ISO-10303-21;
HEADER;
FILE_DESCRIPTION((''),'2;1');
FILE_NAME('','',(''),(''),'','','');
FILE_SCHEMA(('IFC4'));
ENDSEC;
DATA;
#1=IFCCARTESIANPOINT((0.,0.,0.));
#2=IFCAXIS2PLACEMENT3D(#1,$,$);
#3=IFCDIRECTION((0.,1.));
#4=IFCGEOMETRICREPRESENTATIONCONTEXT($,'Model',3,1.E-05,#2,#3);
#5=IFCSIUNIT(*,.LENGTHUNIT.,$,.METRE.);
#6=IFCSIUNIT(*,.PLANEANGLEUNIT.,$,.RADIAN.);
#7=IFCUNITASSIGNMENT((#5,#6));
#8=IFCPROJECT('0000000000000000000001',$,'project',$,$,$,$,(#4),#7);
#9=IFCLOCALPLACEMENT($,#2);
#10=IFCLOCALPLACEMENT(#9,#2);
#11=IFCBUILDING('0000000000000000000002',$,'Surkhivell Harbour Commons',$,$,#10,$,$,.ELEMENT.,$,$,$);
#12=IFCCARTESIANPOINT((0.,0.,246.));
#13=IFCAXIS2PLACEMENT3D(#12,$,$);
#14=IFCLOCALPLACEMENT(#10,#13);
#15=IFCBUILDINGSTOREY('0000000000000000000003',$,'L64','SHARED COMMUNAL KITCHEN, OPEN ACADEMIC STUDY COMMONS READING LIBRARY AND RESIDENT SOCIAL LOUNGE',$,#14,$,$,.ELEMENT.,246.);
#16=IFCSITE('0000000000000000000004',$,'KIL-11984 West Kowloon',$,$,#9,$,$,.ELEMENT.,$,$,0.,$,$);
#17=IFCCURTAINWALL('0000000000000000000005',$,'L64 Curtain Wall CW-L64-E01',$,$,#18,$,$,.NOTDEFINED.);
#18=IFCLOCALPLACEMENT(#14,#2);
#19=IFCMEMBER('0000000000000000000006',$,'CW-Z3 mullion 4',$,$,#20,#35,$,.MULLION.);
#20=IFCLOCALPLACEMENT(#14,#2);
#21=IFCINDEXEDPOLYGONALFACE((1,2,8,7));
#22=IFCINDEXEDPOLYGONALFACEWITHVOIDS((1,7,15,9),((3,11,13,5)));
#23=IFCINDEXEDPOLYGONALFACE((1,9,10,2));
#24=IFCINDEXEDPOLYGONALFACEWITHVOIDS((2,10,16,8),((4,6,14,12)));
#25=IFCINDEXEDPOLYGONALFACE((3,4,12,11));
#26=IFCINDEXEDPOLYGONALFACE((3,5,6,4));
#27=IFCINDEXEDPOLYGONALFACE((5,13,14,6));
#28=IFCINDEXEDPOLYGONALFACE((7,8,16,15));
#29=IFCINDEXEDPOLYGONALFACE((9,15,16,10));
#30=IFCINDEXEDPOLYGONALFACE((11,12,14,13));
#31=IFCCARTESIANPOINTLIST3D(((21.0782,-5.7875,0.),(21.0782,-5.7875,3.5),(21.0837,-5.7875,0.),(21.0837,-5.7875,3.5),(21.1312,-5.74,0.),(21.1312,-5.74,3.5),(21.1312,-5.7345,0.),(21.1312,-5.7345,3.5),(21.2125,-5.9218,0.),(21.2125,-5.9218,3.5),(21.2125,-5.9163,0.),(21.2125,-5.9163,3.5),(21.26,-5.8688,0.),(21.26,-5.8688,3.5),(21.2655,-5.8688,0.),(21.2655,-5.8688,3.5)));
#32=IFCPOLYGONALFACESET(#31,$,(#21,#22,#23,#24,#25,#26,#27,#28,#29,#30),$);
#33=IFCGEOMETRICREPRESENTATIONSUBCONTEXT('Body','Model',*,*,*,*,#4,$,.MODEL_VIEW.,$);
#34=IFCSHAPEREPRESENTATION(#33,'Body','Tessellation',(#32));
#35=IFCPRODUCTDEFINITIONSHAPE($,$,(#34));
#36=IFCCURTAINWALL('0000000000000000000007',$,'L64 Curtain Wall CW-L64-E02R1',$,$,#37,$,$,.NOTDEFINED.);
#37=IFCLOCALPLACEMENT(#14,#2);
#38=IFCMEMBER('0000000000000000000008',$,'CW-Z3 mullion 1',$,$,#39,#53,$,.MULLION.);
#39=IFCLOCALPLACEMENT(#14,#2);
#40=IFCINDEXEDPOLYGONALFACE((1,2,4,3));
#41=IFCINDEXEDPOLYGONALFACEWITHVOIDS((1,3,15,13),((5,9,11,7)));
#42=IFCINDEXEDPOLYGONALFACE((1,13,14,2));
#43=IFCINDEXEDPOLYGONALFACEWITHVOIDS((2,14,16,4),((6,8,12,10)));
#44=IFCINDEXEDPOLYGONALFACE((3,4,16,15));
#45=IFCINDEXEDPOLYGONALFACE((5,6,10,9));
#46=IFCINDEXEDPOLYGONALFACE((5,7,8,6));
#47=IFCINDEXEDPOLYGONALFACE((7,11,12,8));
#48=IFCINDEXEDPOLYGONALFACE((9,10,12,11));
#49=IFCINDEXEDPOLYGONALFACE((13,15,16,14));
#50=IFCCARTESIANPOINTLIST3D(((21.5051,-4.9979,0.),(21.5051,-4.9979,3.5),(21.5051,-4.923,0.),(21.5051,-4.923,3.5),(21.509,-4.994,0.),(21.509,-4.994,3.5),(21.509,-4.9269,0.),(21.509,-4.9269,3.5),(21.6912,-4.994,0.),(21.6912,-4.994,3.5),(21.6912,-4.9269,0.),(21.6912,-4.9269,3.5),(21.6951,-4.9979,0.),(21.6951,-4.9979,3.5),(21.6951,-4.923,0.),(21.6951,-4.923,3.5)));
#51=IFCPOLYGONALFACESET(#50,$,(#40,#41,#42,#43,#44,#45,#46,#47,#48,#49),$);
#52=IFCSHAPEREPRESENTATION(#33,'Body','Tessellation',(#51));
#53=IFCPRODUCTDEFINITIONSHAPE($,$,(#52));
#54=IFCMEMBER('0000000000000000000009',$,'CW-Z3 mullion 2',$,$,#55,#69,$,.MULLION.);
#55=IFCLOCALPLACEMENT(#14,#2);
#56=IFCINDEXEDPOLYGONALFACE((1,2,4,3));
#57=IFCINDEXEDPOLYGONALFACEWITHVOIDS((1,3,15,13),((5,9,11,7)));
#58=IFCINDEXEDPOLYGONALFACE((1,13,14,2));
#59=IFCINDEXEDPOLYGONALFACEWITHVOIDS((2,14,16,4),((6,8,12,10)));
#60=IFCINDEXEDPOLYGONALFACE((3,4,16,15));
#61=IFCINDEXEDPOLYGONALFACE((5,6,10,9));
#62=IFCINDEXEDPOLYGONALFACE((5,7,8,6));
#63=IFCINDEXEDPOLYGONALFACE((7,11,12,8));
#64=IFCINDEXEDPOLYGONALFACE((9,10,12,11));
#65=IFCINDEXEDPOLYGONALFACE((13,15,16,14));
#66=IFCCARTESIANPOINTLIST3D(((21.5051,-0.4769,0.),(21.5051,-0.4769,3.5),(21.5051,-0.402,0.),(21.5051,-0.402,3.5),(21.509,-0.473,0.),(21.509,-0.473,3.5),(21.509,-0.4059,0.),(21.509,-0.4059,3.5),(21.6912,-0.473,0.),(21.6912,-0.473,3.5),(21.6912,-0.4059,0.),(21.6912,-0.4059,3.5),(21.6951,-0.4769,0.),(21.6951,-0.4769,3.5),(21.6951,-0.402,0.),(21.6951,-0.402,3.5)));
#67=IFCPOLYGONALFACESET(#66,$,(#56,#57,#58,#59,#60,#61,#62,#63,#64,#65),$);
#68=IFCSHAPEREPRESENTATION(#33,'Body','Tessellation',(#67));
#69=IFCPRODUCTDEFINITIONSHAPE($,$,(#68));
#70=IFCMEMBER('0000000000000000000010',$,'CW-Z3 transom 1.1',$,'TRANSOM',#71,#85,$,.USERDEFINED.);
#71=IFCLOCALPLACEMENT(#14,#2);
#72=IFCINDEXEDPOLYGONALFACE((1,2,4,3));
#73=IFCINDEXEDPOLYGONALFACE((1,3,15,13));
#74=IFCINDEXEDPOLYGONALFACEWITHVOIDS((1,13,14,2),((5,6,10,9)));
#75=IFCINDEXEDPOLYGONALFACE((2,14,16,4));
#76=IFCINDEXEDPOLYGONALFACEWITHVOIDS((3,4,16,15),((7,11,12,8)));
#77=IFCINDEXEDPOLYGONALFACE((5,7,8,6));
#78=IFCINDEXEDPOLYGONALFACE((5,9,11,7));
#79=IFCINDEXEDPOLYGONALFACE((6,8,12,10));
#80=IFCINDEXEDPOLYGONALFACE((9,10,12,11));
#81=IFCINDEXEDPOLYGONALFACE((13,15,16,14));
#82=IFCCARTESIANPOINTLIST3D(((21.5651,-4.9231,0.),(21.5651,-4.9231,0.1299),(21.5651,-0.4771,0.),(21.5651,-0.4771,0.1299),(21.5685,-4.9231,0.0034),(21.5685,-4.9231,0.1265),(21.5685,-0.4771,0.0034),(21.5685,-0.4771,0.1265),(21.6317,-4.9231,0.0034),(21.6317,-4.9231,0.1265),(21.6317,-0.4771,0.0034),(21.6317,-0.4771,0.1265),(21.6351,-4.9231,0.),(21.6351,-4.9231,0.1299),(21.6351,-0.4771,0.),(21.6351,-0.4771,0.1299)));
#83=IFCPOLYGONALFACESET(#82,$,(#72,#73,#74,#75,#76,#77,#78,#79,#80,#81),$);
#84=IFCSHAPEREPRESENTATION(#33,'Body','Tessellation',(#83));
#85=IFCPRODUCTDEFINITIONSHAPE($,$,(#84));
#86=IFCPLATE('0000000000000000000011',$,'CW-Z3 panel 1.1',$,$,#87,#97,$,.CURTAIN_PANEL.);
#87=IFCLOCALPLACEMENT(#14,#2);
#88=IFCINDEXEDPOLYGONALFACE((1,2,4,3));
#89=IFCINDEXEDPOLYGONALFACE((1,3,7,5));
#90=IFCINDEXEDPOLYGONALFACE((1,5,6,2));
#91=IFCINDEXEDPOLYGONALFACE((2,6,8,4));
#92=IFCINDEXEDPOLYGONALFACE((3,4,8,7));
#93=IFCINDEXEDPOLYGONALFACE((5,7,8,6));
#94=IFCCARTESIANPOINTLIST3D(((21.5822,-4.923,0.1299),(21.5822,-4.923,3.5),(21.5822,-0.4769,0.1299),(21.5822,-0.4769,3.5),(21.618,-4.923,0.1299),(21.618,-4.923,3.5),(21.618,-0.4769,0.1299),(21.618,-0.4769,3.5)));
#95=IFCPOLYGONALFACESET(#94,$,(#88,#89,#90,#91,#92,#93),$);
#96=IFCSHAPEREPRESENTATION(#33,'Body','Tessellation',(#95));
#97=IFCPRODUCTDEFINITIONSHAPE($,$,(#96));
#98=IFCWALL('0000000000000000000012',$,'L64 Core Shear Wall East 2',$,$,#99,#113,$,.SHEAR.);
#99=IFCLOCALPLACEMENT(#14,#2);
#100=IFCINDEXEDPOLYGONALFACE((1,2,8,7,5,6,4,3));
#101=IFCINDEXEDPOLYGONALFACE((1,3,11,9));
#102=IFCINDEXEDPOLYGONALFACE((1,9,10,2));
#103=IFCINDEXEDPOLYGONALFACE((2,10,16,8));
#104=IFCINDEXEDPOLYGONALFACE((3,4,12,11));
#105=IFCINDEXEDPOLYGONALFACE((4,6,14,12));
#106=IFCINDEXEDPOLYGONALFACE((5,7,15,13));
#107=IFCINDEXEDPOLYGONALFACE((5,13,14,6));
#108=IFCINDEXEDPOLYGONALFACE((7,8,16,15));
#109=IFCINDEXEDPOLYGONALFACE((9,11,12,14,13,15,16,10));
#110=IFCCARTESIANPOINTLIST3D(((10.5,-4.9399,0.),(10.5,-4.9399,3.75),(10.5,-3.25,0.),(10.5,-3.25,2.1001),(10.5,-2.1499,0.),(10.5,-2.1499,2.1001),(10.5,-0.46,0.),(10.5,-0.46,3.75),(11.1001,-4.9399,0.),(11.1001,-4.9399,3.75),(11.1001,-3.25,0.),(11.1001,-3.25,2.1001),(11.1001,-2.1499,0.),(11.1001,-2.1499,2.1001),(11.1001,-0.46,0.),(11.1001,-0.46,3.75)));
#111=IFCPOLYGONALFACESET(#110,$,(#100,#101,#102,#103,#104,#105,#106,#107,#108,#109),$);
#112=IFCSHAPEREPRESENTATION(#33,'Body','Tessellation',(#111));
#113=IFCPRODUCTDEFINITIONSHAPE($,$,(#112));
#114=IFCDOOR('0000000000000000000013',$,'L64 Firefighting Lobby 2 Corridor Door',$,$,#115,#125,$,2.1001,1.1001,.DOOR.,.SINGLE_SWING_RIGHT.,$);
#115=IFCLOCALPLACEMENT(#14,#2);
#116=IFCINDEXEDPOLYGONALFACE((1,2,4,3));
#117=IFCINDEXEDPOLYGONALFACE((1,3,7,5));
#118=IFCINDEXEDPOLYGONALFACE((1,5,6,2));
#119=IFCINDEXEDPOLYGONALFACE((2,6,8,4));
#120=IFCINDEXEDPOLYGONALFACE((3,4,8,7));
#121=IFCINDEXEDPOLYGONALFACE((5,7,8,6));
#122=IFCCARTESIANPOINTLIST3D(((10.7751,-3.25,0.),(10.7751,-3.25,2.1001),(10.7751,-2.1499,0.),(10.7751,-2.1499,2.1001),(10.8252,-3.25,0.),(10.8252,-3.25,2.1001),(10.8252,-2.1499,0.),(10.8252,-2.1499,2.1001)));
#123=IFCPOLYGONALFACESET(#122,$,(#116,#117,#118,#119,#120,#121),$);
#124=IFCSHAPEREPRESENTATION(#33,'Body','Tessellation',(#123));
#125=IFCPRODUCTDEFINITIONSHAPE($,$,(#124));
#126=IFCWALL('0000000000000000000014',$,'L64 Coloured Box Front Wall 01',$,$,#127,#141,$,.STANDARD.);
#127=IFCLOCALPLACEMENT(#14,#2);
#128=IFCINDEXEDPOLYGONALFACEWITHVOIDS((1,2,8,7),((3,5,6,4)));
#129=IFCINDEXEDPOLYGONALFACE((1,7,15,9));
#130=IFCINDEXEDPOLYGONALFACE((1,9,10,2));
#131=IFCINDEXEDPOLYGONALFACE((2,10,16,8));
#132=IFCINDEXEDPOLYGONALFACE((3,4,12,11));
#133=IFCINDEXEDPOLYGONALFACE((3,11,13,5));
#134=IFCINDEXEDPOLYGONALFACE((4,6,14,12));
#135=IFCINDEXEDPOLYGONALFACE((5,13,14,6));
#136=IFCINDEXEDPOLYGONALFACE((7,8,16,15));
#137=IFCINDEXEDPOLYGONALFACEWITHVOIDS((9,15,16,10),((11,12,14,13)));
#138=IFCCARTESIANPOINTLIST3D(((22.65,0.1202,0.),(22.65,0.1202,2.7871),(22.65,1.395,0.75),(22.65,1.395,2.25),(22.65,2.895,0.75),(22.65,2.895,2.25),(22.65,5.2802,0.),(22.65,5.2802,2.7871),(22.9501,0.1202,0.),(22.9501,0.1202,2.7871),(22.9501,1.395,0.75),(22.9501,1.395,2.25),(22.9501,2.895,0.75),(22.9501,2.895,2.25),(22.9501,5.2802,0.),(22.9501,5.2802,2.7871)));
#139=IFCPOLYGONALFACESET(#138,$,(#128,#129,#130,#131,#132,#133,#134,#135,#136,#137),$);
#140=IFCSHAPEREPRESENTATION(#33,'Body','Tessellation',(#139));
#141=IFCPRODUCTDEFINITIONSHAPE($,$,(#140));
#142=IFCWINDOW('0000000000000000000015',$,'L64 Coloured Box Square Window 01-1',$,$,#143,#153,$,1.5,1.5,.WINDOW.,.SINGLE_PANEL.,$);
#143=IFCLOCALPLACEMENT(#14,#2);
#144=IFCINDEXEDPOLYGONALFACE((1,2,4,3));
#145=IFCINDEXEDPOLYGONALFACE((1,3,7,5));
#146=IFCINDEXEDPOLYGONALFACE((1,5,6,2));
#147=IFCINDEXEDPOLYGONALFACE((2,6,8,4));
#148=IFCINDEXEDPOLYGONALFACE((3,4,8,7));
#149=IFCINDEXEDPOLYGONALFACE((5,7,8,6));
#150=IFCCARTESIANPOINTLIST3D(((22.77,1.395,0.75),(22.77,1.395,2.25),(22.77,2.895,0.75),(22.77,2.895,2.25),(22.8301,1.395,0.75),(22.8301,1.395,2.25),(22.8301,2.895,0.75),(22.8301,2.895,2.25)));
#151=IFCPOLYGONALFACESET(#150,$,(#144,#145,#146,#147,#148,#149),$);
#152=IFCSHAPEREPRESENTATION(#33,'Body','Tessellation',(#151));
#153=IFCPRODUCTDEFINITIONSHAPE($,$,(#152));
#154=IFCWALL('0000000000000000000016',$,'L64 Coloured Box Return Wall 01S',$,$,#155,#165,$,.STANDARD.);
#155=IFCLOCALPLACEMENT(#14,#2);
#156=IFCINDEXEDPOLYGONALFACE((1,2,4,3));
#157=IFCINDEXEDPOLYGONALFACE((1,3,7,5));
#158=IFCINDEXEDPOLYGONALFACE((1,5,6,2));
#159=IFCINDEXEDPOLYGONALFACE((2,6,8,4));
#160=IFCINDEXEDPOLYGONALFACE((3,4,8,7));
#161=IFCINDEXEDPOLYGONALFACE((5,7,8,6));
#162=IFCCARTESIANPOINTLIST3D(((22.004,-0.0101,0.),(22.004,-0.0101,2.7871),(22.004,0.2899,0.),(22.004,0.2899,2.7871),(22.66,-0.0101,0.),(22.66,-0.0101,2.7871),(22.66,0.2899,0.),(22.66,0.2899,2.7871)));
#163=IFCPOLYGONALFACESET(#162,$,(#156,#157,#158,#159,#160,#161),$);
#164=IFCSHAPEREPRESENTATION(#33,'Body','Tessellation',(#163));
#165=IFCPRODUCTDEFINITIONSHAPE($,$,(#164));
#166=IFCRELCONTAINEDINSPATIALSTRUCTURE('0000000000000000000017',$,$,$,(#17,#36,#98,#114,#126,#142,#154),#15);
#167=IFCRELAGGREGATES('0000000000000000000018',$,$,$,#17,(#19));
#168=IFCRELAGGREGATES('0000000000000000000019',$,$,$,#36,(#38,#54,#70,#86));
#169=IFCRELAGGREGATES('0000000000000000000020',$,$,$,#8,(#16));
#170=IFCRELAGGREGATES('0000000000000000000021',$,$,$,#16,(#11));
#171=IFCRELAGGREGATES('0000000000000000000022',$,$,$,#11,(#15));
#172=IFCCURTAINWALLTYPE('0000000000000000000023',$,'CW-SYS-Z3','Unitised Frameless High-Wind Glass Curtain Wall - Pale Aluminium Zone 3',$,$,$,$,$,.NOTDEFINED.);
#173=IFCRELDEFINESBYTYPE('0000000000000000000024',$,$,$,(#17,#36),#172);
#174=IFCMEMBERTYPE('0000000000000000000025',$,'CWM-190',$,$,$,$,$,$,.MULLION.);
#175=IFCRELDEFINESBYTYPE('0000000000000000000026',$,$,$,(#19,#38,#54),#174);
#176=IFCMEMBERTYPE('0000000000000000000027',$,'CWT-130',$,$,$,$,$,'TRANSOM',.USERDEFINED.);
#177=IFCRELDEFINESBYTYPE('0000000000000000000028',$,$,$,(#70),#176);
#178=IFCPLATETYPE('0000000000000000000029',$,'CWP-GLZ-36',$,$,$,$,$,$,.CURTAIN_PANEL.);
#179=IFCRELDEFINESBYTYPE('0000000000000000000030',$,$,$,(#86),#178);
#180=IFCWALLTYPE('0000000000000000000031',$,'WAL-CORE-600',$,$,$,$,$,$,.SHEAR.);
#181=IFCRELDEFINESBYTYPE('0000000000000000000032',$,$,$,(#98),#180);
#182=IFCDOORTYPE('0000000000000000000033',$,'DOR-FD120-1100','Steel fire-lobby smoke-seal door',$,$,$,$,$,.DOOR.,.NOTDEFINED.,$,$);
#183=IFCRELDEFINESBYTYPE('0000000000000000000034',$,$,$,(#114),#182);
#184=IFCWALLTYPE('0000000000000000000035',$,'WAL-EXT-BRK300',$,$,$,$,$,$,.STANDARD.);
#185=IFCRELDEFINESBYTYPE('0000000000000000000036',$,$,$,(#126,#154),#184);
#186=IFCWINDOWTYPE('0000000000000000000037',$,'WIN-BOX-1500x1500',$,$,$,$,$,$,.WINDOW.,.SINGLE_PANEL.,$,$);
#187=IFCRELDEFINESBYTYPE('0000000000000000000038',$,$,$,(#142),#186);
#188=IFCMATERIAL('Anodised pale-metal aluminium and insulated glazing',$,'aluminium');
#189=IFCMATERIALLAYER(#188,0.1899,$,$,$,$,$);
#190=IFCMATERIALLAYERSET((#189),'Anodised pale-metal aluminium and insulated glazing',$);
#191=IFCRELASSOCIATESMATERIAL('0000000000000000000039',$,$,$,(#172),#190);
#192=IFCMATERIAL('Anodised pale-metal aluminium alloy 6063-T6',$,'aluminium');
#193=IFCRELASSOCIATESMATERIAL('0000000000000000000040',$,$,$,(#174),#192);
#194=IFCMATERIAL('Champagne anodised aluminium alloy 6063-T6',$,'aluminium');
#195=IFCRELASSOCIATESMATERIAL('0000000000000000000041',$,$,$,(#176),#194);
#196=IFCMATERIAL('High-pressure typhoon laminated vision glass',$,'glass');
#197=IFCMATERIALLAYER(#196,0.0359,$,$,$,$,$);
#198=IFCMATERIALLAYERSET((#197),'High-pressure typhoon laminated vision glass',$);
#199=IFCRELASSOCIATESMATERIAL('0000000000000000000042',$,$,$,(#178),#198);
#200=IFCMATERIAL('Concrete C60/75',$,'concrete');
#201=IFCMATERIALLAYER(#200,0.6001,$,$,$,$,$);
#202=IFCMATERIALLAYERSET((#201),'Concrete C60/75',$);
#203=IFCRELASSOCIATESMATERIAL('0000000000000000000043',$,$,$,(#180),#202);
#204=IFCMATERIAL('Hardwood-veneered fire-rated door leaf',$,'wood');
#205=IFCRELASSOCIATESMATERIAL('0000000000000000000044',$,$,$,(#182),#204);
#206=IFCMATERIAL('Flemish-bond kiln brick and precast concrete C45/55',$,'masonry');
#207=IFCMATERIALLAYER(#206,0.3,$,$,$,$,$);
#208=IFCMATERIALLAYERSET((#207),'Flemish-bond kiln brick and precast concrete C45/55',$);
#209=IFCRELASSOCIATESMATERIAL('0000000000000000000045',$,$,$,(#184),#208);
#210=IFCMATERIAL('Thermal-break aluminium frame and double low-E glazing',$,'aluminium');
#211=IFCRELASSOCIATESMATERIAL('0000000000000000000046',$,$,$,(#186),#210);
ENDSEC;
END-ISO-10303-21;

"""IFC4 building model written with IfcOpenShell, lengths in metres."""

from ifc_helpers import new_model, si_unit, direction, frame, frame_2d, origin, origin_2d, place, context, subcontext, project, spatial, rectangle, hollow_rectangle, extrude, material, layer, layer_set, material_profile, profile_set, type_object, element, fill, aggregate, save


model = new_model("IFC4")

# Units and contexts
model_context = context("Model", 3, precision=1e-05, world=origin(), true_north=direction((0.0, 1.0)))
body_context = subcontext(model_context, "Body", "Model", "MODEL_VIEW")
ifc_project = project(units=[si_unit("LENGTHUNIT", "METRE"), si_unit("PLANEANGLEUNIT", "RADIAN")], contexts=[model_context])

# Site, building, storey
site_placement = place(None, origin())
site = spatial("IfcSite", under=ifc_project, at=site_placement, Name="KIL-11984 West Kowloon", CompositionType="ELEMENT", RefElevation=0.0)
building_placement = place(site_placement, origin())
building = spatial("IfcBuilding", under=site, at=building_placement, Name="Surkhivell Harbour Commons", CompositionType="ELEMENT")
storey_placement = place(building_placement, frame((0.0, 0.0, 246.0)))
storey = spatial("IfcBuildingStorey", under=building, at=storey_placement, Name="L64", Description="SHARED COMMUNAL KITCHEN, OPEN ACADEMIC STUDY COMMONS READING LIBRARY AND RESIDENT SOCIAL LOUNGE", CompositionType="ELEMENT", Elevation=246.0)

# Shared definitions
ifc_material_1 = material(Name="Concrete C60/75", Category="concrete")

# Curtain wall, member
ifc_material_2 = material(Name="Anodised pale-metal aluminium and insulated glazing", Category="aluminium")
ifc_layer_1 = layer(ifc_material_2, 0.1899)
ifc_layer_set_1 = layer_set([ifc_layer_1], Name="Anodised pale-metal aluminium and insulated glazing")
curtain_wall_type = type_object("IfcCurtainWallType", Name="CW-SYS-Z3", Description="Unitised Frameless High-Wind Glass Curtain Wall - Pale Aluminium Zone 3", PredefinedType="NOTDEFINED", material=ifc_layer_set_1)
curtain_wall_1_placement = place(storey_placement, origin())
curtain_wall_1 = element("IfcCurtainWall", 1, at=curtain_wall_1_placement, inside=storey, type_object=curtain_wall_type, Name="L64 Curtain Wall CW-L64-E01", PredefinedType="NOTDEFINED")
ifc_material_3 = material(Name="Anodised pale-metal aluminium alloy 6063-T6", Category="aluminium")
ifc_material_profile_1 = material_profile(ifc_material_3, hollow_rectangle(XDim=0.075, YDim=0.1899, WallThickness=0.0039, at=origin_2d()), Name="ALU-MULL-75x190")
ifc_profile_set_1 = profile_set([ifc_material_profile_1], Name="Anodised pale-metal aluminium alloy 6063-T6")
member_type_1 = type_object("IfcMemberType", Name="CWM-190", PredefinedType="MULLION", material=ifc_profile_set_1)
member_1_placement = place(storey_placement, frame((21.1719, -5.8281, 0.0), z_axis=(0.0, 0.0, 1.0), x_axis=(0.707107, 0.707107, 0.0)))
member_1 = element("IfcMember", 2, at=member_1_placement, type_object=member_type_1, Name="CW-Z3 mullion 4", PredefinedType="MULLION", context=body_context, shape_type="SweptSolid", body=[
    extrude(hollow_rectangle(XDim=0.075, YDim=0.1899, WallThickness=0.0039, at=origin_2d()), origin(), (0.0, 0.0, 1.0), 3.5),
])
aggregate(curtain_wall_1, [member_1])

# Curtain wall, members, plate
curtain_wall_2_placement = place(storey_placement, origin())
curtain_wall_2 = element("IfcCurtainWall", 3, at=curtain_wall_2_placement, inside=storey, type_object=curtain_wall_type, Name="L64 Curtain Wall CW-L64-E02R1", PredefinedType="NOTDEFINED")
member_2_placement = place(storey_placement, frame((21.6001, -4.9604, 0.0), z_axis=(0.0, 0.0, 1.0), x_axis=(0.0, 1.0, 0.0)))
member_2 = element("IfcMember", 4, at=member_2_placement, type_object=member_type_1, Name="CW-Z3 mullion 1", PredefinedType="MULLION", context=body_context, shape_type="SweptSolid", body=[
    extrude(hollow_rectangle(XDim=0.075, YDim=0.1899, WallThickness=0.0039, at=origin_2d()), origin(), (0.0, 0.0, 1.0), 3.5),
])
member_3_placement = place(storey_placement, frame((21.6001, -0.4395, 0.0), z_axis=(0.0, 0.0, 1.0), x_axis=(0.0, 1.0, 0.0)))
member_3 = element("IfcMember", 5, at=member_3_placement, type_object=member_type_1, Name="CW-Z3 mullion 2", PredefinedType="MULLION", context=body_context, shape_type="SweptSolid", body=[
    extrude(hollow_rectangle(XDim=0.075, YDim=0.1899, WallThickness=0.0039, at=origin_2d()), origin(), (0.0, 0.0, 1.0), 3.5),
])
ifc_material_4 = material(Name="Champagne anodised aluminium alloy 6063-T6", Category="aluminium")
ifc_material_profile_2 = material_profile(ifc_material_4, hollow_rectangle(XDim=0.0701, YDim=0.1299, WallThickness=0.0034, at=origin_2d()), Name="ALU-TRAN-70x130")
ifc_profile_set_2 = profile_set([ifc_material_profile_2], Name="Champagne anodised aluminium alloy 6063-T6")
member_type_2 = type_object("IfcMemberType", Name="CWT-130", ElementType="TRANSOM", PredefinedType="USERDEFINED", material=ifc_profile_set_2)
member_4_placement = place(storey_placement, frame((21.6001, -4.9231, 0.0649), z_axis=(0.0, 1.0, 0.0), x_axis=(-1.0, 0.0, 0.0)))
member_4 = element("IfcMember", 6, at=member_4_placement, type_object=member_type_2, Name="CW-Z3 transom 1.1", ObjectType="TRANSOM", PredefinedType="USERDEFINED", context=body_context, shape_type="SweptSolid", body=[
    extrude(hollow_rectangle(XDim=0.0701, YDim=0.1299, WallThickness=0.0034, at=origin_2d()), origin(), (0.0, 0.0, 1.0), 4.446),
])
ifc_material_5 = material(Name="High-pressure typhoon laminated vision glass", Category="glass")
ifc_layer_2 = layer(ifc_material_5, 0.0359)
ifc_layer_set_2 = layer_set([ifc_layer_2], Name="High-pressure typhoon laminated vision glass")
plate_type = type_object("IfcPlateType", Name="CWP-GLZ-36", PredefinedType="CURTAIN_PANEL", material=ifc_layer_set_2)
plate_placement = place(storey_placement, frame((21.6001, -4.9231, 0.1299), z_axis=(0.0, 0.0, 1.0), x_axis=(0.0, 1.0, 0.0)))
plate = element("IfcPlate", 7, at=plate_placement, type_object=plate_type, Name="CW-Z3 panel 1.1", PredefinedType="CURTAIN_PANEL", context=body_context, shape_type="SweptSolid", body=[
    extrude(rectangle(XDim=4.446, YDim=0.0359, at=frame_2d((2.2231, 0.0))), origin(), (0.0, 0.0, 1.0), 3.3701),
])
aggregate(curtain_wall_2, [member_2, member_3, member_4, plate])

# Wall, opening, door
ifc_layer_3 = layer(ifc_material_1, 0.6001)
ifc_layer_set_3 = layer_set([ifc_layer_3], Name="Concrete C60/75")
wall_type_1 = type_object("IfcWallType", Name="WAL-CORE-600", PredefinedType="SHEAR", material=ifc_layer_set_3)
wall_1_placement = place(storey_placement, frame((10.8, -4.9399, 0.0), z_axis=(0.0, 0.0, 1.0), x_axis=(0.0, 1.0, 0.0)))
wall_1 = element("IfcWall", 8, at=wall_1_placement, inside=storey, type_object=wall_type_1, Name="L64 Core Shear Wall East 2", PredefinedType="SHEAR", context=body_context, shape_type="SweptSolid", body=[
    extrude(rectangle(XDim=4.48, YDim=0.6001, at=frame_2d((2.24, 0.0))), origin(), (0.0, 0.0, 1.0), 3.75),
])
opening_1_placement = place(wall_1_placement, frame((1.6899, 0.0, 0.0)))
opening_1 = element("IfcOpeningElement", 9, at=opening_1_placement, cuts=wall_1, PredefinedType="OPENING", context=body_context, shape_type="SweptSolid", body=[
    extrude(rectangle(XDim=1.1001, YDim=2.1001, at=frame_2d((0.55, 1.05))), frame((0.0, 0.3101, 0.0), z_axis=(0.0, -1.0, 0.0), x_axis=(1.0, 0.0, 0.0)), (0.0, 0.0, 1.0), 0.6201),
])
ifc_material_6 = material(Name="Hardwood-veneered fire-rated door leaf", Category="wood")
door_type = type_object("IfcDoorType", Name="DOR-FD120-1100", Description="Steel fire-lobby smoke-seal door", OperationType="NOTDEFINED", PredefinedType="DOOR", material=ifc_material_6)
door_placement = place(opening_1_placement, origin())
door = element("IfcDoor", 10, at=door_placement, inside=storey, type_object=door_type, Name="L64 Firefighting Lobby 2 Corridor Door", OperationType="SINGLE_SWING_RIGHT", OverallHeight=2.1001, OverallWidth=1.1001, PredefinedType="DOOR", context=body_context, shape_type="SweptSolid", body=[
    extrude(rectangle(XDim=1.1001, YDim=2.1001, at=frame_2d((0.55, 1.05))), frame((0.0, 0.0249, 0.0), z_axis=(0.0, -1.0, 0.0), x_axis=(1.0, 0.0, 0.0)), (0.0, 0.0, 1.0), 0.05),
])
fill(opening_1, door)

# Wall, opening, window
ifc_material_7 = material(Name="Flemish-bond kiln brick and precast concrete C45/55", Category="masonry")
ifc_layer_4 = layer(ifc_material_7, 0.3)
ifc_layer_set_4 = layer_set([ifc_layer_4], Name="Flemish-bond kiln brick and precast concrete C45/55")
wall_type_2 = type_object("IfcWallType", Name="WAL-EXT-BRK300", PredefinedType="STANDARD", material=ifc_layer_set_4)
wall_2_placement = place(storey_placement, frame((22.8, 0.1201, 0.0), z_axis=(0.0, 0.0, 1.0), x_axis=(0.0, 1.0, 0.0)))
wall_2 = element("IfcWall", 11, at=wall_2_placement, inside=storey, type_object=wall_type_2, Name="L64 Coloured Box Front Wall 01", PredefinedType="STANDARD", context=body_context, shape_type="SweptSolid", body=[
    extrude(rectangle(XDim=5.1599, YDim=0.3, at=frame_2d((2.5801, 0.0))), origin(), (0.0, 0.0, 1.0), 2.7871),
])
opening_2_placement = place(wall_2_placement, frame((1.2749, 0.0, 0.75)))
opening_2 = element("IfcOpeningElement", 12, at=opening_2_placement, cuts=wall_2, PredefinedType="OPENING", context=body_context, shape_type="SweptSolid", body=[
    extrude(rectangle(XDim=1.5, YDim=1.5, at=frame_2d((0.75, 0.75))), frame((0.0, 0.1599, 0.0), z_axis=(0.0, -1.0, 0.0), x_axis=(1.0, 0.0, 0.0)), (0.0, 0.0, 1.0), 0.3201),
])
ifc_material_8 = material(Name="Thermal-break aluminium frame and double low-E glazing", Category="aluminium")
window_type = type_object("IfcWindowType", Name="WIN-BOX-1500x1500", PartitioningType="SINGLE_PANEL", PredefinedType="WINDOW", material=ifc_material_8)
window_placement = place(opening_2_placement, origin())
window = element("IfcWindow", 13, at=window_placement, inside=storey, type_object=window_type, Name="L64 Coloured Box Square Window 01-1", OverallHeight=1.5, OverallWidth=1.5, PartitioningType="SINGLE_PANEL", PredefinedType="WINDOW", context=body_context, shape_type="SweptSolid", body=[
    extrude(rectangle(XDim=1.5, YDim=1.5, at=frame_2d((0.75, 0.75))), frame((0.0, 0.03, 0.0), z_axis=(0.0, -1.0, 0.0), x_axis=(1.0, 0.0, 0.0)), (0.0, 0.0, 1.0), 0.0601),
])
fill(opening_2, window)

# Wall
wall_3_placement = place(storey_placement, frame((22.0039, 0.1399, 0.0), z_axis=(0.0, 0.0, 1.0), x_axis=(1.0, 0.0, 0.0)))
element("IfcWall", 14, at=wall_3_placement, inside=storey, type_object=wall_type_2, Name="L64 Coloured Box Return Wall 01S", PredefinedType="STANDARD", context=body_context, shape_type="SweptSolid", body=[
    extrude(rectangle(XDim=0.656, YDim=0.3, at=frame_2d((0.3281, 0.0))), origin(), (0.0, 0.0, 1.0), 2.7871),
])

save(model, "model.ifc")
